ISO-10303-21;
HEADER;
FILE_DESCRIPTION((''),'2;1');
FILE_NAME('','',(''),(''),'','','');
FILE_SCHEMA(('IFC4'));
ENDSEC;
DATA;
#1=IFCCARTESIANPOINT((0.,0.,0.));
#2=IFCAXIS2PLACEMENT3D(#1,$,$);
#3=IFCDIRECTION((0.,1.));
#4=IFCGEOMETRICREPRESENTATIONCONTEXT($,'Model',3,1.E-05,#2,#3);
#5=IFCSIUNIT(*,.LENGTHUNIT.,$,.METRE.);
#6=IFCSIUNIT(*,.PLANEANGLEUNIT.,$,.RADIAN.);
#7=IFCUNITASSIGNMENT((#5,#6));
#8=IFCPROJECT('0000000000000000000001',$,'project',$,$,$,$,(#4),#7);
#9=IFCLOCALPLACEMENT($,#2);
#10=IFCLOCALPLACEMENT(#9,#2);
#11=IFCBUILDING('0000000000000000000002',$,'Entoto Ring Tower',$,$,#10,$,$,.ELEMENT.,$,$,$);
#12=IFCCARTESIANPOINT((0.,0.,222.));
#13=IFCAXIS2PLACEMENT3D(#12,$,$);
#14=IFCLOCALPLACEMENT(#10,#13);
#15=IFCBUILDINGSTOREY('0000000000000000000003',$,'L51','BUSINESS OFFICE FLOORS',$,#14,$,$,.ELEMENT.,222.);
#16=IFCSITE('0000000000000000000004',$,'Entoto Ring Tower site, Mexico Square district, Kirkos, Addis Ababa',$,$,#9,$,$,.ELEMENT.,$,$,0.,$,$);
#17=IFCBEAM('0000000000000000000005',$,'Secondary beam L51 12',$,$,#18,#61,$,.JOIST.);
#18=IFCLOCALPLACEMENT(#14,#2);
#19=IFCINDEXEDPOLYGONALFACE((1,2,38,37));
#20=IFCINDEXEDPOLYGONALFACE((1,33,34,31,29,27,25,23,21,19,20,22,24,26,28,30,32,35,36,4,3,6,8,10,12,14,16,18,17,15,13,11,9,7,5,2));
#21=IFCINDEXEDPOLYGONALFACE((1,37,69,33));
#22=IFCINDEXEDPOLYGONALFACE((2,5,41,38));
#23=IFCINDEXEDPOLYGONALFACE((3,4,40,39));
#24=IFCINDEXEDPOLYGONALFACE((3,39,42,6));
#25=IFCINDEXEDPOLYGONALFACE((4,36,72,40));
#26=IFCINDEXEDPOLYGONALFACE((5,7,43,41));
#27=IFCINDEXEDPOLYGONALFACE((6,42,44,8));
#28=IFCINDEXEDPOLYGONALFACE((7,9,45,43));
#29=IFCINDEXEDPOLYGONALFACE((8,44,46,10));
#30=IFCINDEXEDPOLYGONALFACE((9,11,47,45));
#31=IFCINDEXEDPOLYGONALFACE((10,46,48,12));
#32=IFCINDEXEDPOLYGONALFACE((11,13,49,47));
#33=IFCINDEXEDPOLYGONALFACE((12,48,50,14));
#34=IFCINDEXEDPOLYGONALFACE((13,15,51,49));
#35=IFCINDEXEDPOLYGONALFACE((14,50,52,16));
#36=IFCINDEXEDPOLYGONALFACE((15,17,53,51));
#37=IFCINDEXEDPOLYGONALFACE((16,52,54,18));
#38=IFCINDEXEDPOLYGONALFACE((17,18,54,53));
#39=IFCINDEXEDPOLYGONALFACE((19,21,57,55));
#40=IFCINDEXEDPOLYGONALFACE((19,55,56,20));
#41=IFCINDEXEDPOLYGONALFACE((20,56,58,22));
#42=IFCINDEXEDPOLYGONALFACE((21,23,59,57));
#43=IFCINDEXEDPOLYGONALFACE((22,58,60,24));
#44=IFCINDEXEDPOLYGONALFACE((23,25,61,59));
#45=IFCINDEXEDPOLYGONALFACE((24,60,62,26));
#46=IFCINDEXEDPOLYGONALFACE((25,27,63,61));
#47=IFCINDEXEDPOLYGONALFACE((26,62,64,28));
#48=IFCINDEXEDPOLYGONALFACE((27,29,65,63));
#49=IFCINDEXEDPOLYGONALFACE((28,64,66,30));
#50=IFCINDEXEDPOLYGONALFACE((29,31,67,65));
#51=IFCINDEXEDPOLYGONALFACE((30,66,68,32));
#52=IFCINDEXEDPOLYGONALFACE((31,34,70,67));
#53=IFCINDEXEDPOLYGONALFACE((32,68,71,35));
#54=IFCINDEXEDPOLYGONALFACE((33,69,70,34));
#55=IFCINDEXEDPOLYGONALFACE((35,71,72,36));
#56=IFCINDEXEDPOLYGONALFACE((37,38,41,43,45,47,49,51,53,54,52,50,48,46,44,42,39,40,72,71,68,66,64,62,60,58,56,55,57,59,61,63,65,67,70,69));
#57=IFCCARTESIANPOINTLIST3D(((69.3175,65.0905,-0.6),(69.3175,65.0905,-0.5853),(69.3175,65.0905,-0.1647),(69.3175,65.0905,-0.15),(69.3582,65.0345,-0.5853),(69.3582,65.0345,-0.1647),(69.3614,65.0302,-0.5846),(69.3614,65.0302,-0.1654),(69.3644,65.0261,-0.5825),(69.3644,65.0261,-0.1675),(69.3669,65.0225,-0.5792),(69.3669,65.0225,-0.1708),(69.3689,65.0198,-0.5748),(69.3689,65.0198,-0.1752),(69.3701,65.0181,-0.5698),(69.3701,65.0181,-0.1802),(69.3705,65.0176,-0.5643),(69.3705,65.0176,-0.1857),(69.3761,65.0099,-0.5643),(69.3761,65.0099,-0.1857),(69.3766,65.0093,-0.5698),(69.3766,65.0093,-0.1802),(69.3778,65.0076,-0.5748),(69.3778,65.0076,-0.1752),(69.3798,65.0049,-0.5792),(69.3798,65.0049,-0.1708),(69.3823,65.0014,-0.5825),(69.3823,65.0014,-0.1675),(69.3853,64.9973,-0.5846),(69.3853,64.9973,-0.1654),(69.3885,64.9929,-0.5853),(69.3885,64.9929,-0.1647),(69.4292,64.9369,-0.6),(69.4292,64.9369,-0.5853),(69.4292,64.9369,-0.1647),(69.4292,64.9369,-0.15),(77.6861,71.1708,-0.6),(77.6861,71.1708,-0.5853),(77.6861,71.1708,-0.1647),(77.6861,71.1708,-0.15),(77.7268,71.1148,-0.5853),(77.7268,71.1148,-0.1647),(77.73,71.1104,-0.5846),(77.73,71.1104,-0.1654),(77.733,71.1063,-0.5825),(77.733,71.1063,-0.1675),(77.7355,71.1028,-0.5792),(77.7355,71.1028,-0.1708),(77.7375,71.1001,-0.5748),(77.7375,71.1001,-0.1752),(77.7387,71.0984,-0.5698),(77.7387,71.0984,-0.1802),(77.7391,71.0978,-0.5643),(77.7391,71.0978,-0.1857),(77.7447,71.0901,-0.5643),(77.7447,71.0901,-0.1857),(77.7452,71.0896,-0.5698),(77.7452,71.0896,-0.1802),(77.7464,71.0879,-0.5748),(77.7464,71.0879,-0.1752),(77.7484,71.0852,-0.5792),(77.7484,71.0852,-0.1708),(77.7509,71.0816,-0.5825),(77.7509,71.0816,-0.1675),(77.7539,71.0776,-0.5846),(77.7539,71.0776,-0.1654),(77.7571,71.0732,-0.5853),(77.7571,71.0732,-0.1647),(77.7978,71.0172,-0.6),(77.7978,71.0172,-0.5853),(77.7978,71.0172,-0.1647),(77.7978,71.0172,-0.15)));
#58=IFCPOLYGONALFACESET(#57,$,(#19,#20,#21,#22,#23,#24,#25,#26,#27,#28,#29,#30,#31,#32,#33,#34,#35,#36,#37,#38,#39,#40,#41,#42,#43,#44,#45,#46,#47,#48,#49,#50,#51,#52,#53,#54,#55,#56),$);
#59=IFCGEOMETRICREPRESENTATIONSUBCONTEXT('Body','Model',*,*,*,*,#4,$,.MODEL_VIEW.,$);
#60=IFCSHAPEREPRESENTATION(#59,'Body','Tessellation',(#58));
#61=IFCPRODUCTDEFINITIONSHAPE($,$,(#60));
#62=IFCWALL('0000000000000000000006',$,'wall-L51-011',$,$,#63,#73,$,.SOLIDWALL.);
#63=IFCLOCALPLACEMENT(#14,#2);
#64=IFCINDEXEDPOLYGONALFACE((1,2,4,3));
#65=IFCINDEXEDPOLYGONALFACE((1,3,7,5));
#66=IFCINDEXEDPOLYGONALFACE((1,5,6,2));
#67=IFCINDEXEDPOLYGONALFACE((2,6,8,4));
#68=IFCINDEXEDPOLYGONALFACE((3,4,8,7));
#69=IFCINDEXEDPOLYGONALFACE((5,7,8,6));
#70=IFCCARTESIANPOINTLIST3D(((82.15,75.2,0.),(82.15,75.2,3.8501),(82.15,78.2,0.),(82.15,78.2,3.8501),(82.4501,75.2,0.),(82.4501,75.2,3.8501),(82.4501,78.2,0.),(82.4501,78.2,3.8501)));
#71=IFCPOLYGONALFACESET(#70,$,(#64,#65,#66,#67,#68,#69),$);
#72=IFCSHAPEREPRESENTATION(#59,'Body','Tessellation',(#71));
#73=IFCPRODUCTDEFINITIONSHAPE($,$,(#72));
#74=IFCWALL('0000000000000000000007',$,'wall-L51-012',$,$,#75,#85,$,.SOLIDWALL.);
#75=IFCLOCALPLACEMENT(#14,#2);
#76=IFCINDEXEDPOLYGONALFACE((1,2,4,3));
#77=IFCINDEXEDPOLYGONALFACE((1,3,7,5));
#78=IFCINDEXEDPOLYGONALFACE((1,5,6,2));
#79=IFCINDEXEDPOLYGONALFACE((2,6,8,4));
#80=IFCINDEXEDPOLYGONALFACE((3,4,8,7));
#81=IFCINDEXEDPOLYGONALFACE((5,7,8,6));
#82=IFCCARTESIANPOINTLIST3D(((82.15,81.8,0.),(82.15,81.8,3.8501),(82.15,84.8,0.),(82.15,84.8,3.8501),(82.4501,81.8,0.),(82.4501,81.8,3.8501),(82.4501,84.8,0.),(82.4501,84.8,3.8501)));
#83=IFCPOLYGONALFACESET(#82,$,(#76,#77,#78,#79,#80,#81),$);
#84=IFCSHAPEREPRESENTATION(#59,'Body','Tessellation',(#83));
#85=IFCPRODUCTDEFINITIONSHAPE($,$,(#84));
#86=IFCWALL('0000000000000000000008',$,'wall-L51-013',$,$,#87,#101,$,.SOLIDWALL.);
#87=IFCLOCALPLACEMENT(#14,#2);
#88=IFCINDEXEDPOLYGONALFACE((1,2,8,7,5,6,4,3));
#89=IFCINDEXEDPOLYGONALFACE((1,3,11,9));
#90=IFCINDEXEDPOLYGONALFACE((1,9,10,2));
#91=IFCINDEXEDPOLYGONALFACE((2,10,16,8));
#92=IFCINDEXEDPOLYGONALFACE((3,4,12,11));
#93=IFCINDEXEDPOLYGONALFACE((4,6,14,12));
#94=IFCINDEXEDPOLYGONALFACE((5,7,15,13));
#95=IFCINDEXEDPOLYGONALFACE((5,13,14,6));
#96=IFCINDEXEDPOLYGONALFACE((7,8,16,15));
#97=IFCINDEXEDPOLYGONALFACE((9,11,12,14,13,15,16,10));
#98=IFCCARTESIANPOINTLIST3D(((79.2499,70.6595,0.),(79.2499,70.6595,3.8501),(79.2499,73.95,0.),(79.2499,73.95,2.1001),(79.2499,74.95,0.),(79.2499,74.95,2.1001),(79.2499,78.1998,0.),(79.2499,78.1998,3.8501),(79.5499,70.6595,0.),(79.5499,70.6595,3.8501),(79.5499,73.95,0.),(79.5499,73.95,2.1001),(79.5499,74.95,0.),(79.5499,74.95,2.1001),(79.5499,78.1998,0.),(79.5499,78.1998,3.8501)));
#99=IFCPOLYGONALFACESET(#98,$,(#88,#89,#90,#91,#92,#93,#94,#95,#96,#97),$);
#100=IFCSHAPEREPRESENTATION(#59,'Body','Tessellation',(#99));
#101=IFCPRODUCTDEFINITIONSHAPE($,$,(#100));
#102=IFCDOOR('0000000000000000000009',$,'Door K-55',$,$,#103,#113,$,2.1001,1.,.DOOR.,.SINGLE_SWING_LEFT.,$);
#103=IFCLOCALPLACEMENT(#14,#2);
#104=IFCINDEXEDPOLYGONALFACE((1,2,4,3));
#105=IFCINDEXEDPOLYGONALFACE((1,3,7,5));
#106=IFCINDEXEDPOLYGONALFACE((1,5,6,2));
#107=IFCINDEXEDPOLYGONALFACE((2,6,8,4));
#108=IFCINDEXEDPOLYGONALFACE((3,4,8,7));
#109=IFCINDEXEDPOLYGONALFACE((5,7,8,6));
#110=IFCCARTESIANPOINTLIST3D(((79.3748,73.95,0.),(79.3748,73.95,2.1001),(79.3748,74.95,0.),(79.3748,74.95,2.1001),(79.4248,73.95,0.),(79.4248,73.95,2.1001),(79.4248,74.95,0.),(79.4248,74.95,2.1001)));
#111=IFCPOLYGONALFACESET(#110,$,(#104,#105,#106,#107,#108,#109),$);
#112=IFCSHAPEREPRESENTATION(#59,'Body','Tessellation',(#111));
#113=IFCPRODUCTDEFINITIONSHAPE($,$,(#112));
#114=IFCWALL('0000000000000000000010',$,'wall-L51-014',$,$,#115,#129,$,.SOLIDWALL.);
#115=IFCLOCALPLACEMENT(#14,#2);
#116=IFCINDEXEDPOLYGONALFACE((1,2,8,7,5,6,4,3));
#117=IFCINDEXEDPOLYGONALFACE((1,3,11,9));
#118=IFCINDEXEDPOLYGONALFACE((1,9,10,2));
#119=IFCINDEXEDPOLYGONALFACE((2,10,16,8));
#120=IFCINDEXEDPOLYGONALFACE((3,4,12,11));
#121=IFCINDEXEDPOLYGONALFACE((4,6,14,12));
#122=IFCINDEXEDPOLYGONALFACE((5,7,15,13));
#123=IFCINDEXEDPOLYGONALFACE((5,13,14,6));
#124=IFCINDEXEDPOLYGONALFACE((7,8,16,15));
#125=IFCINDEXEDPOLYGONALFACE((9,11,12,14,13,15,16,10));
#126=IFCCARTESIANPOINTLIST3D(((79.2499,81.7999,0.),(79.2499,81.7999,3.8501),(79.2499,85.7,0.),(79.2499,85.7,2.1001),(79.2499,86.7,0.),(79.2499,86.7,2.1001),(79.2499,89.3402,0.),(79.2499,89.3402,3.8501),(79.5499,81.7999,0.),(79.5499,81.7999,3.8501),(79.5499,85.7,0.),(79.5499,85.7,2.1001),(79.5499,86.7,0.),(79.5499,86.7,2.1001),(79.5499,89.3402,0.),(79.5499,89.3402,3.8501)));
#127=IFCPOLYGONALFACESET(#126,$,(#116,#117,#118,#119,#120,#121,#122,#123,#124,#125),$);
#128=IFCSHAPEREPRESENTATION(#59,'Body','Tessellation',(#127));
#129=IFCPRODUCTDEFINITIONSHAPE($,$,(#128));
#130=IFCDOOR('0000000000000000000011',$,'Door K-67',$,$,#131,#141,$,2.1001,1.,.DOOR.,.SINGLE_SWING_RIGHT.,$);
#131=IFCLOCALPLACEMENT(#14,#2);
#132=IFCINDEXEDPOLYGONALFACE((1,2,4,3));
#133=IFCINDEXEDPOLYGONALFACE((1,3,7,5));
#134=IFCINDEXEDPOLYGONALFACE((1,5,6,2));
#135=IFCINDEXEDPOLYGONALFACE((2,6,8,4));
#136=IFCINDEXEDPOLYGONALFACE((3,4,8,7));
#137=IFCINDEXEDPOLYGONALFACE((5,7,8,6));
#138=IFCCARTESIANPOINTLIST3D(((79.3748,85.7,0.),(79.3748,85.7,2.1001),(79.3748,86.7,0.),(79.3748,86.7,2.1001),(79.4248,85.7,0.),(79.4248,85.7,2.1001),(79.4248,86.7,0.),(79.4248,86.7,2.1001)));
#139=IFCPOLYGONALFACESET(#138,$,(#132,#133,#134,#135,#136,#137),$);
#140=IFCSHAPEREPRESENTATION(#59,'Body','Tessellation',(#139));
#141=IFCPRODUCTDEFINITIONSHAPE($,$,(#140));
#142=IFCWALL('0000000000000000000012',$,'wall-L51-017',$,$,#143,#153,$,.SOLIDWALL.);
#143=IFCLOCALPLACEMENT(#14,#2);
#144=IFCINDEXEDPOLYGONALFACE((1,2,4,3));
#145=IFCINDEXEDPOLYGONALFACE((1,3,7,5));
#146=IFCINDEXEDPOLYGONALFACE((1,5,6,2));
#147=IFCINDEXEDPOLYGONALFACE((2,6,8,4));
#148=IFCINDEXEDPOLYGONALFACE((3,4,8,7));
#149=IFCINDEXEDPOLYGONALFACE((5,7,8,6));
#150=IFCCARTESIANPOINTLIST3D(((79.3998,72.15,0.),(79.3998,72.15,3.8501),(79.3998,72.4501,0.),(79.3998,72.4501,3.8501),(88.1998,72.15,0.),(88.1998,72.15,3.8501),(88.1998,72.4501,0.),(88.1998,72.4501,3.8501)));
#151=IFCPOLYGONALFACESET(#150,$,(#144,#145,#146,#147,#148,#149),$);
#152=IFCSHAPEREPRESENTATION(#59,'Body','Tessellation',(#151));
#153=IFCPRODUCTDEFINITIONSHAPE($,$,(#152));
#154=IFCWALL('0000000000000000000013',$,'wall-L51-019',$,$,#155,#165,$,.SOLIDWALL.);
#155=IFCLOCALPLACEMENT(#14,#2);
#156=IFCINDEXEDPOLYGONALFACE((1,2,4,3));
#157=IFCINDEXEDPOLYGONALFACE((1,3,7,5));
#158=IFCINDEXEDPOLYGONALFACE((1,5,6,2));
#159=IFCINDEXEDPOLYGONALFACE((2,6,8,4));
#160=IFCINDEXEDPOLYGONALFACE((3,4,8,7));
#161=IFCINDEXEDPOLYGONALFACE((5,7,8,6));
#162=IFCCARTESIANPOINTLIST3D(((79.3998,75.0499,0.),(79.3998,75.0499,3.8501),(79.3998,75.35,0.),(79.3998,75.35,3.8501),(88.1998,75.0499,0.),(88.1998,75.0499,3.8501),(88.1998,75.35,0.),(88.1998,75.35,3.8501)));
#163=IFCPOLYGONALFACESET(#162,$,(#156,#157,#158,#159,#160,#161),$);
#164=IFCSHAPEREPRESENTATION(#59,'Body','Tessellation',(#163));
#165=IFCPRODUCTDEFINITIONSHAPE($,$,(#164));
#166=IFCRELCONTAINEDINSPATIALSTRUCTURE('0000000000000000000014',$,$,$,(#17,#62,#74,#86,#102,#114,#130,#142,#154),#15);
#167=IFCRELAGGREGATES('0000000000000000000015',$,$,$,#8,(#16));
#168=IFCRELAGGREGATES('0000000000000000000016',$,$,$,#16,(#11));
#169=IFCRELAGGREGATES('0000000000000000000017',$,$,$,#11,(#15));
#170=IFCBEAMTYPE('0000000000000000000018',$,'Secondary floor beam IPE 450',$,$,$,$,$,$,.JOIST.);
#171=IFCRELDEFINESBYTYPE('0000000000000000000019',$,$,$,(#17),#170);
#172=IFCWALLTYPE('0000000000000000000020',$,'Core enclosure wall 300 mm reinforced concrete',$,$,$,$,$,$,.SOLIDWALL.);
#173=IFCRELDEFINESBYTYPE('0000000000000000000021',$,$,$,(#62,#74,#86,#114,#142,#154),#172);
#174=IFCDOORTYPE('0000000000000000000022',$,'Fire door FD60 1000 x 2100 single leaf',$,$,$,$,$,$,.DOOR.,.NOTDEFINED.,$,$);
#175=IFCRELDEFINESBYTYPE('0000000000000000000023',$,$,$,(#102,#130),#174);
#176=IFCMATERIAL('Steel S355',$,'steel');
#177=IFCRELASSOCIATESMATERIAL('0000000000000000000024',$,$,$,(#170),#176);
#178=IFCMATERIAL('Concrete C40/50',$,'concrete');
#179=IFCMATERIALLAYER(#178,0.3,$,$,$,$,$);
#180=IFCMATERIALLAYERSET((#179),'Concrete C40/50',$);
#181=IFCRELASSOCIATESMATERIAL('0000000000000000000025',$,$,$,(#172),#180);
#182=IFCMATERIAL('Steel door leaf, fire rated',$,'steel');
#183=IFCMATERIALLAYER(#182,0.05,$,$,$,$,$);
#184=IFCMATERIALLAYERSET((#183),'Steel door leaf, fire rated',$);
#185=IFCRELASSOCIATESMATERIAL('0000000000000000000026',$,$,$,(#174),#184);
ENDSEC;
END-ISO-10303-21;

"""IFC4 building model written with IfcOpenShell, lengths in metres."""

from ifc_helpers import new_model, si_unit, direction, frame, frame_2d, origin, origin_2d, place, context, subcontext, project, spatial, rectangle, i_section, extrude, material, layer, layer_set, material_profile, profile_set, type_object, element, fill, save


model = new_model("IFC4")

# Units and contexts
model_context = context("Model", 3, precision=1e-05, world=origin(), true_north=direction((0.0, 1.0)))
body_context = subcontext(model_context, "Body", "Model", "MODEL_VIEW")
ifc_project = project(units=[si_unit("LENGTHUNIT", "METRE"), si_unit("PLANEANGLEUNIT", "RADIAN")], contexts=[model_context])

# Site, building, storey
site_placement = place(None, origin())
site = spatial("IfcSite", under=ifc_project, at=site_placement, Name="Entoto Ring Tower site, Mexico Square district, Kirkos, Addis Ababa", CompositionType="ELEMENT", RefElevation=0.0)
building_placement = place(site_placement, origin())
building = spatial("IfcBuilding", under=site, at=building_placement, Name="Entoto Ring Tower", CompositionType="ELEMENT")
storey_placement = place(building_placement, frame((0.0, 0.0, 222.0)))
storey = spatial("IfcBuildingStorey", under=building, at=storey_placement, Name="L51", Description="BUSINESS OFFICE FLOORS", CompositionType="ELEMENT", Elevation=222.0)

# Beam
ifc_material_1 = material(Name="Steel S355", Category="steel")
ifc_material_profile_1 = material_profile(ifc_material_1, i_section(OverallWidth=0.1899, OverallDepth=0.45, WebThickness=0.0095, FlangeThickness=0.0146, FilletRadius=0.021, at=origin_2d()), Name="IPE 450")
ifc_profile_set_1 = profile_set([ifc_material_profile_1], Name="Steel S355")
beam_type_1 = type_object("IfcBeamType", Name="Secondary floor beam IPE 450", PredefinedType="JOIST", material=ifc_profile_set_1)
beam_1_placement = place(storey_placement, frame((77.7419, 71.094, -0.375), z_axis=(-0.809011, -0.587794, 0.0), x_axis=(0.587794, -0.809011, 0.0)))
element("IfcBeam", 1, at=beam_1_placement, inside=storey, type_object=beam_type_1, Name="Secondary beam L51 12", PredefinedType="JOIST", context=body_context, shape_type="SweptSolid", body=[
    extrude(i_section(OverallWidth=0.1899, OverallDepth=0.45, WebThickness=0.0095, FlangeThickness=0.0146, FilletRadius=0.021, at=origin_2d()), origin(), (0.0, 0.0, 1.0), 10.3442),
])

# Walls
ifc_material_2 = material(Name="Concrete C40/50", Category="concrete")
ifc_layer_1 = layer(ifc_material_2, 0.3)
ifc_layer_set_1 = layer_set([ifc_layer_1], Name="Concrete C40/50")
wall_type_1 = type_object("IfcWallType", Name="Core enclosure wall 300 mm reinforced concrete", PredefinedType="SOLIDWALL", material=ifc_layer_set_1)
for number, where, z_axis, x_axis, name in (
    (2, (82.3, 75.2, 0.0), (0.0, 0.0, 1.0), (0.0, 1.0, 0.0), "wall-L51-011"),
    (3, (82.3, 81.8, 0.0), (0.0, 0.0, 1.0), (0.0, 1.0, 0.0), "wall-L51-012"),
):
    element("IfcWall", number, at=place(storey_placement, frame(where, z_axis=z_axis, x_axis=x_axis)), inside=storey, type_object=wall_type_1, Name=name, PredefinedType="SOLIDWALL", context=body_context, shape_type="SweptSolid", body=[
        extrude(rectangle(XDim=3.0, YDim=0.3, at=frame_2d((1.5, 0.0))), origin(), (0.0, 0.0, 1.0), 3.8501),
    ])

# Walls, openings, doors
wall_1_placement = place(storey_placement, frame((79.3999, 70.6597, 0.0), z_axis=(0.0, 0.0, 1.0), x_axis=(0.0, 1.0, 0.0)))
wall_1 = element("IfcWall", 4, at=wall_1_placement, inside=storey, type_object=wall_type_1, Name="wall-L51-013", PredefinedType="SOLIDWALL", context=body_context, shape_type="SweptSolid", body=[
    extrude(rectangle(XDim=7.5403, YDim=0.3, at=frame_2d((3.77, 0.0))), origin(), (0.0, 0.0, 1.0), 3.8501),
])
opening_1_placement = place(wall_1_placement, frame((3.2903, 0.0, 0.0)))
opening_1 = element("IfcOpeningElement", 5, at=opening_1_placement, cuts=wall_1, PredefinedType="OPENING", context=body_context, shape_type="SweptSolid", body=[
    extrude(rectangle(XDim=1.0, YDim=2.1001, at=frame_2d((0.5, 1.05))), frame((0.0, 0.1602, 0.0), z_axis=(0.0, -1.0, 0.0), x_axis=(1.0, 0.0, 0.0)), (0.0, 0.0, 1.0), 0.3201),
])
ifc_material_3 = material(Name="Steel door leaf, fire rated", Category="steel")
ifc_layer_2 = layer(ifc_material_3, 0.05)
ifc_layer_set_2 = layer_set([ifc_layer_2], Name="Steel door leaf, fire rated")
door_type_1 = type_object("IfcDoorType", Name="Fire door FD60 1000 x 2100 single leaf", OperationType="NOTDEFINED", PredefinedType="DOOR", material=ifc_layer_set_2)
door_1_placement = place(opening_1_placement, frame((1.0, 0.0, 0.0), z_axis=(0.0, 0.0, 1.0), x_axis=(-1.0, 0.0, 0.0)))
door_1 = element("IfcDoor", 6, at=door_1_placement, inside=storey, type_object=door_type_1, Name="Door K-55", OperationType="SINGLE_SWING_LEFT", OverallHeight=2.1001, OverallWidth=1.0, PredefinedType="DOOR", context=body_context, shape_type="SweptSolid", body=[
    extrude(rectangle(XDim=1.0, YDim=2.1001, at=frame_2d((0.5, 1.05))), frame((0.0, 0.0249, 0.0), z_axis=(0.0, -1.0, 0.0), x_axis=(1.0, 0.0, 0.0)), (0.0, 0.0, 1.0), 0.05),
])
fill(opening_1, door_1)
wall_2_placement = place(storey_placement, frame((79.3999, 81.8, 0.0), z_axis=(0.0, 0.0, 1.0), x_axis=(0.0, 1.0, 0.0)))
wall_2 = element("IfcWall", 7, at=wall_2_placement, inside=storey, type_object=wall_type_1, Name="wall-L51-014", PredefinedType="SOLIDWALL", context=body_context, shape_type="SweptSolid", body=[
    extrude(rectangle(XDim=7.5403, YDim=0.3, at=frame_2d((3.77, 0.0))), origin(), (0.0, 0.0, 1.0), 3.8501),
])
opening_2_placement = place(wall_2_placement, frame((3.8999, 0.0, 0.0)))
opening_2 = element("IfcOpeningElement", 8, at=opening_2_placement, cuts=wall_2, PredefinedType="OPENING", context=body_context, shape_type="SweptSolid", body=[
    extrude(rectangle(XDim=1.0, YDim=2.1001, at=frame_2d((0.5, 1.05))), frame((0.0, 0.1602, 0.0), z_axis=(0.0, -1.0, 0.0), x_axis=(1.0, 0.0, 0.0)), (0.0, 0.0, 1.0), 0.3201),
])
door_2_placement = place(opening_2_placement, frame((1.0, 0.0, 0.0), z_axis=(0.0, 0.0, 1.0), x_axis=(-1.0, 0.0, 0.0)))
door_2 = element("IfcDoor", 9, at=door_2_placement, inside=storey, type_object=door_type_1, Name="Door K-67", OperationType="SINGLE_SWING_RIGHT", OverallHeight=2.1001, OverallWidth=1.0, PredefinedType="DOOR", context=body_context, shape_type="SweptSolid", body=[
    extrude(rectangle(XDim=1.0, YDim=2.1001, at=frame_2d((0.5, 1.05))), frame((0.0, 0.0249, 0.0), z_axis=(0.0, -1.0, 0.0), x_axis=(1.0, 0.0, 0.0)), (0.0, 0.0, 1.0), 0.05),
])
fill(opening_2, door_2)

# Walls
for number, where, z_axis, x_axis, name in (
    (10, (79.3999, 72.3, 0.0), (0.0, 0.0, 1.0), (1.0, 0.0, 0.0), "wall-L51-017"),
    (11, (79.3999, 75.2, 0.0), (0.0, 0.0, 1.0), (1.0, 0.0, 0.0), "wall-L51-019"),
):
    element("IfcWall", number, at=place(storey_placement, frame(where, z_axis=z_axis, x_axis=x_axis)), inside=storey, type_object=wall_type_1, Name=name, PredefinedType="SOLIDWALL", context=body_context, shape_type="SweptSolid", body=[
        extrude(rectangle(XDim=8.8, YDim=0.3, at=frame_2d((4.3999, 0.0))), origin(), (0.0, 0.0, 1.0), 3.8501),
    ])

save(model, "model.ifc")
